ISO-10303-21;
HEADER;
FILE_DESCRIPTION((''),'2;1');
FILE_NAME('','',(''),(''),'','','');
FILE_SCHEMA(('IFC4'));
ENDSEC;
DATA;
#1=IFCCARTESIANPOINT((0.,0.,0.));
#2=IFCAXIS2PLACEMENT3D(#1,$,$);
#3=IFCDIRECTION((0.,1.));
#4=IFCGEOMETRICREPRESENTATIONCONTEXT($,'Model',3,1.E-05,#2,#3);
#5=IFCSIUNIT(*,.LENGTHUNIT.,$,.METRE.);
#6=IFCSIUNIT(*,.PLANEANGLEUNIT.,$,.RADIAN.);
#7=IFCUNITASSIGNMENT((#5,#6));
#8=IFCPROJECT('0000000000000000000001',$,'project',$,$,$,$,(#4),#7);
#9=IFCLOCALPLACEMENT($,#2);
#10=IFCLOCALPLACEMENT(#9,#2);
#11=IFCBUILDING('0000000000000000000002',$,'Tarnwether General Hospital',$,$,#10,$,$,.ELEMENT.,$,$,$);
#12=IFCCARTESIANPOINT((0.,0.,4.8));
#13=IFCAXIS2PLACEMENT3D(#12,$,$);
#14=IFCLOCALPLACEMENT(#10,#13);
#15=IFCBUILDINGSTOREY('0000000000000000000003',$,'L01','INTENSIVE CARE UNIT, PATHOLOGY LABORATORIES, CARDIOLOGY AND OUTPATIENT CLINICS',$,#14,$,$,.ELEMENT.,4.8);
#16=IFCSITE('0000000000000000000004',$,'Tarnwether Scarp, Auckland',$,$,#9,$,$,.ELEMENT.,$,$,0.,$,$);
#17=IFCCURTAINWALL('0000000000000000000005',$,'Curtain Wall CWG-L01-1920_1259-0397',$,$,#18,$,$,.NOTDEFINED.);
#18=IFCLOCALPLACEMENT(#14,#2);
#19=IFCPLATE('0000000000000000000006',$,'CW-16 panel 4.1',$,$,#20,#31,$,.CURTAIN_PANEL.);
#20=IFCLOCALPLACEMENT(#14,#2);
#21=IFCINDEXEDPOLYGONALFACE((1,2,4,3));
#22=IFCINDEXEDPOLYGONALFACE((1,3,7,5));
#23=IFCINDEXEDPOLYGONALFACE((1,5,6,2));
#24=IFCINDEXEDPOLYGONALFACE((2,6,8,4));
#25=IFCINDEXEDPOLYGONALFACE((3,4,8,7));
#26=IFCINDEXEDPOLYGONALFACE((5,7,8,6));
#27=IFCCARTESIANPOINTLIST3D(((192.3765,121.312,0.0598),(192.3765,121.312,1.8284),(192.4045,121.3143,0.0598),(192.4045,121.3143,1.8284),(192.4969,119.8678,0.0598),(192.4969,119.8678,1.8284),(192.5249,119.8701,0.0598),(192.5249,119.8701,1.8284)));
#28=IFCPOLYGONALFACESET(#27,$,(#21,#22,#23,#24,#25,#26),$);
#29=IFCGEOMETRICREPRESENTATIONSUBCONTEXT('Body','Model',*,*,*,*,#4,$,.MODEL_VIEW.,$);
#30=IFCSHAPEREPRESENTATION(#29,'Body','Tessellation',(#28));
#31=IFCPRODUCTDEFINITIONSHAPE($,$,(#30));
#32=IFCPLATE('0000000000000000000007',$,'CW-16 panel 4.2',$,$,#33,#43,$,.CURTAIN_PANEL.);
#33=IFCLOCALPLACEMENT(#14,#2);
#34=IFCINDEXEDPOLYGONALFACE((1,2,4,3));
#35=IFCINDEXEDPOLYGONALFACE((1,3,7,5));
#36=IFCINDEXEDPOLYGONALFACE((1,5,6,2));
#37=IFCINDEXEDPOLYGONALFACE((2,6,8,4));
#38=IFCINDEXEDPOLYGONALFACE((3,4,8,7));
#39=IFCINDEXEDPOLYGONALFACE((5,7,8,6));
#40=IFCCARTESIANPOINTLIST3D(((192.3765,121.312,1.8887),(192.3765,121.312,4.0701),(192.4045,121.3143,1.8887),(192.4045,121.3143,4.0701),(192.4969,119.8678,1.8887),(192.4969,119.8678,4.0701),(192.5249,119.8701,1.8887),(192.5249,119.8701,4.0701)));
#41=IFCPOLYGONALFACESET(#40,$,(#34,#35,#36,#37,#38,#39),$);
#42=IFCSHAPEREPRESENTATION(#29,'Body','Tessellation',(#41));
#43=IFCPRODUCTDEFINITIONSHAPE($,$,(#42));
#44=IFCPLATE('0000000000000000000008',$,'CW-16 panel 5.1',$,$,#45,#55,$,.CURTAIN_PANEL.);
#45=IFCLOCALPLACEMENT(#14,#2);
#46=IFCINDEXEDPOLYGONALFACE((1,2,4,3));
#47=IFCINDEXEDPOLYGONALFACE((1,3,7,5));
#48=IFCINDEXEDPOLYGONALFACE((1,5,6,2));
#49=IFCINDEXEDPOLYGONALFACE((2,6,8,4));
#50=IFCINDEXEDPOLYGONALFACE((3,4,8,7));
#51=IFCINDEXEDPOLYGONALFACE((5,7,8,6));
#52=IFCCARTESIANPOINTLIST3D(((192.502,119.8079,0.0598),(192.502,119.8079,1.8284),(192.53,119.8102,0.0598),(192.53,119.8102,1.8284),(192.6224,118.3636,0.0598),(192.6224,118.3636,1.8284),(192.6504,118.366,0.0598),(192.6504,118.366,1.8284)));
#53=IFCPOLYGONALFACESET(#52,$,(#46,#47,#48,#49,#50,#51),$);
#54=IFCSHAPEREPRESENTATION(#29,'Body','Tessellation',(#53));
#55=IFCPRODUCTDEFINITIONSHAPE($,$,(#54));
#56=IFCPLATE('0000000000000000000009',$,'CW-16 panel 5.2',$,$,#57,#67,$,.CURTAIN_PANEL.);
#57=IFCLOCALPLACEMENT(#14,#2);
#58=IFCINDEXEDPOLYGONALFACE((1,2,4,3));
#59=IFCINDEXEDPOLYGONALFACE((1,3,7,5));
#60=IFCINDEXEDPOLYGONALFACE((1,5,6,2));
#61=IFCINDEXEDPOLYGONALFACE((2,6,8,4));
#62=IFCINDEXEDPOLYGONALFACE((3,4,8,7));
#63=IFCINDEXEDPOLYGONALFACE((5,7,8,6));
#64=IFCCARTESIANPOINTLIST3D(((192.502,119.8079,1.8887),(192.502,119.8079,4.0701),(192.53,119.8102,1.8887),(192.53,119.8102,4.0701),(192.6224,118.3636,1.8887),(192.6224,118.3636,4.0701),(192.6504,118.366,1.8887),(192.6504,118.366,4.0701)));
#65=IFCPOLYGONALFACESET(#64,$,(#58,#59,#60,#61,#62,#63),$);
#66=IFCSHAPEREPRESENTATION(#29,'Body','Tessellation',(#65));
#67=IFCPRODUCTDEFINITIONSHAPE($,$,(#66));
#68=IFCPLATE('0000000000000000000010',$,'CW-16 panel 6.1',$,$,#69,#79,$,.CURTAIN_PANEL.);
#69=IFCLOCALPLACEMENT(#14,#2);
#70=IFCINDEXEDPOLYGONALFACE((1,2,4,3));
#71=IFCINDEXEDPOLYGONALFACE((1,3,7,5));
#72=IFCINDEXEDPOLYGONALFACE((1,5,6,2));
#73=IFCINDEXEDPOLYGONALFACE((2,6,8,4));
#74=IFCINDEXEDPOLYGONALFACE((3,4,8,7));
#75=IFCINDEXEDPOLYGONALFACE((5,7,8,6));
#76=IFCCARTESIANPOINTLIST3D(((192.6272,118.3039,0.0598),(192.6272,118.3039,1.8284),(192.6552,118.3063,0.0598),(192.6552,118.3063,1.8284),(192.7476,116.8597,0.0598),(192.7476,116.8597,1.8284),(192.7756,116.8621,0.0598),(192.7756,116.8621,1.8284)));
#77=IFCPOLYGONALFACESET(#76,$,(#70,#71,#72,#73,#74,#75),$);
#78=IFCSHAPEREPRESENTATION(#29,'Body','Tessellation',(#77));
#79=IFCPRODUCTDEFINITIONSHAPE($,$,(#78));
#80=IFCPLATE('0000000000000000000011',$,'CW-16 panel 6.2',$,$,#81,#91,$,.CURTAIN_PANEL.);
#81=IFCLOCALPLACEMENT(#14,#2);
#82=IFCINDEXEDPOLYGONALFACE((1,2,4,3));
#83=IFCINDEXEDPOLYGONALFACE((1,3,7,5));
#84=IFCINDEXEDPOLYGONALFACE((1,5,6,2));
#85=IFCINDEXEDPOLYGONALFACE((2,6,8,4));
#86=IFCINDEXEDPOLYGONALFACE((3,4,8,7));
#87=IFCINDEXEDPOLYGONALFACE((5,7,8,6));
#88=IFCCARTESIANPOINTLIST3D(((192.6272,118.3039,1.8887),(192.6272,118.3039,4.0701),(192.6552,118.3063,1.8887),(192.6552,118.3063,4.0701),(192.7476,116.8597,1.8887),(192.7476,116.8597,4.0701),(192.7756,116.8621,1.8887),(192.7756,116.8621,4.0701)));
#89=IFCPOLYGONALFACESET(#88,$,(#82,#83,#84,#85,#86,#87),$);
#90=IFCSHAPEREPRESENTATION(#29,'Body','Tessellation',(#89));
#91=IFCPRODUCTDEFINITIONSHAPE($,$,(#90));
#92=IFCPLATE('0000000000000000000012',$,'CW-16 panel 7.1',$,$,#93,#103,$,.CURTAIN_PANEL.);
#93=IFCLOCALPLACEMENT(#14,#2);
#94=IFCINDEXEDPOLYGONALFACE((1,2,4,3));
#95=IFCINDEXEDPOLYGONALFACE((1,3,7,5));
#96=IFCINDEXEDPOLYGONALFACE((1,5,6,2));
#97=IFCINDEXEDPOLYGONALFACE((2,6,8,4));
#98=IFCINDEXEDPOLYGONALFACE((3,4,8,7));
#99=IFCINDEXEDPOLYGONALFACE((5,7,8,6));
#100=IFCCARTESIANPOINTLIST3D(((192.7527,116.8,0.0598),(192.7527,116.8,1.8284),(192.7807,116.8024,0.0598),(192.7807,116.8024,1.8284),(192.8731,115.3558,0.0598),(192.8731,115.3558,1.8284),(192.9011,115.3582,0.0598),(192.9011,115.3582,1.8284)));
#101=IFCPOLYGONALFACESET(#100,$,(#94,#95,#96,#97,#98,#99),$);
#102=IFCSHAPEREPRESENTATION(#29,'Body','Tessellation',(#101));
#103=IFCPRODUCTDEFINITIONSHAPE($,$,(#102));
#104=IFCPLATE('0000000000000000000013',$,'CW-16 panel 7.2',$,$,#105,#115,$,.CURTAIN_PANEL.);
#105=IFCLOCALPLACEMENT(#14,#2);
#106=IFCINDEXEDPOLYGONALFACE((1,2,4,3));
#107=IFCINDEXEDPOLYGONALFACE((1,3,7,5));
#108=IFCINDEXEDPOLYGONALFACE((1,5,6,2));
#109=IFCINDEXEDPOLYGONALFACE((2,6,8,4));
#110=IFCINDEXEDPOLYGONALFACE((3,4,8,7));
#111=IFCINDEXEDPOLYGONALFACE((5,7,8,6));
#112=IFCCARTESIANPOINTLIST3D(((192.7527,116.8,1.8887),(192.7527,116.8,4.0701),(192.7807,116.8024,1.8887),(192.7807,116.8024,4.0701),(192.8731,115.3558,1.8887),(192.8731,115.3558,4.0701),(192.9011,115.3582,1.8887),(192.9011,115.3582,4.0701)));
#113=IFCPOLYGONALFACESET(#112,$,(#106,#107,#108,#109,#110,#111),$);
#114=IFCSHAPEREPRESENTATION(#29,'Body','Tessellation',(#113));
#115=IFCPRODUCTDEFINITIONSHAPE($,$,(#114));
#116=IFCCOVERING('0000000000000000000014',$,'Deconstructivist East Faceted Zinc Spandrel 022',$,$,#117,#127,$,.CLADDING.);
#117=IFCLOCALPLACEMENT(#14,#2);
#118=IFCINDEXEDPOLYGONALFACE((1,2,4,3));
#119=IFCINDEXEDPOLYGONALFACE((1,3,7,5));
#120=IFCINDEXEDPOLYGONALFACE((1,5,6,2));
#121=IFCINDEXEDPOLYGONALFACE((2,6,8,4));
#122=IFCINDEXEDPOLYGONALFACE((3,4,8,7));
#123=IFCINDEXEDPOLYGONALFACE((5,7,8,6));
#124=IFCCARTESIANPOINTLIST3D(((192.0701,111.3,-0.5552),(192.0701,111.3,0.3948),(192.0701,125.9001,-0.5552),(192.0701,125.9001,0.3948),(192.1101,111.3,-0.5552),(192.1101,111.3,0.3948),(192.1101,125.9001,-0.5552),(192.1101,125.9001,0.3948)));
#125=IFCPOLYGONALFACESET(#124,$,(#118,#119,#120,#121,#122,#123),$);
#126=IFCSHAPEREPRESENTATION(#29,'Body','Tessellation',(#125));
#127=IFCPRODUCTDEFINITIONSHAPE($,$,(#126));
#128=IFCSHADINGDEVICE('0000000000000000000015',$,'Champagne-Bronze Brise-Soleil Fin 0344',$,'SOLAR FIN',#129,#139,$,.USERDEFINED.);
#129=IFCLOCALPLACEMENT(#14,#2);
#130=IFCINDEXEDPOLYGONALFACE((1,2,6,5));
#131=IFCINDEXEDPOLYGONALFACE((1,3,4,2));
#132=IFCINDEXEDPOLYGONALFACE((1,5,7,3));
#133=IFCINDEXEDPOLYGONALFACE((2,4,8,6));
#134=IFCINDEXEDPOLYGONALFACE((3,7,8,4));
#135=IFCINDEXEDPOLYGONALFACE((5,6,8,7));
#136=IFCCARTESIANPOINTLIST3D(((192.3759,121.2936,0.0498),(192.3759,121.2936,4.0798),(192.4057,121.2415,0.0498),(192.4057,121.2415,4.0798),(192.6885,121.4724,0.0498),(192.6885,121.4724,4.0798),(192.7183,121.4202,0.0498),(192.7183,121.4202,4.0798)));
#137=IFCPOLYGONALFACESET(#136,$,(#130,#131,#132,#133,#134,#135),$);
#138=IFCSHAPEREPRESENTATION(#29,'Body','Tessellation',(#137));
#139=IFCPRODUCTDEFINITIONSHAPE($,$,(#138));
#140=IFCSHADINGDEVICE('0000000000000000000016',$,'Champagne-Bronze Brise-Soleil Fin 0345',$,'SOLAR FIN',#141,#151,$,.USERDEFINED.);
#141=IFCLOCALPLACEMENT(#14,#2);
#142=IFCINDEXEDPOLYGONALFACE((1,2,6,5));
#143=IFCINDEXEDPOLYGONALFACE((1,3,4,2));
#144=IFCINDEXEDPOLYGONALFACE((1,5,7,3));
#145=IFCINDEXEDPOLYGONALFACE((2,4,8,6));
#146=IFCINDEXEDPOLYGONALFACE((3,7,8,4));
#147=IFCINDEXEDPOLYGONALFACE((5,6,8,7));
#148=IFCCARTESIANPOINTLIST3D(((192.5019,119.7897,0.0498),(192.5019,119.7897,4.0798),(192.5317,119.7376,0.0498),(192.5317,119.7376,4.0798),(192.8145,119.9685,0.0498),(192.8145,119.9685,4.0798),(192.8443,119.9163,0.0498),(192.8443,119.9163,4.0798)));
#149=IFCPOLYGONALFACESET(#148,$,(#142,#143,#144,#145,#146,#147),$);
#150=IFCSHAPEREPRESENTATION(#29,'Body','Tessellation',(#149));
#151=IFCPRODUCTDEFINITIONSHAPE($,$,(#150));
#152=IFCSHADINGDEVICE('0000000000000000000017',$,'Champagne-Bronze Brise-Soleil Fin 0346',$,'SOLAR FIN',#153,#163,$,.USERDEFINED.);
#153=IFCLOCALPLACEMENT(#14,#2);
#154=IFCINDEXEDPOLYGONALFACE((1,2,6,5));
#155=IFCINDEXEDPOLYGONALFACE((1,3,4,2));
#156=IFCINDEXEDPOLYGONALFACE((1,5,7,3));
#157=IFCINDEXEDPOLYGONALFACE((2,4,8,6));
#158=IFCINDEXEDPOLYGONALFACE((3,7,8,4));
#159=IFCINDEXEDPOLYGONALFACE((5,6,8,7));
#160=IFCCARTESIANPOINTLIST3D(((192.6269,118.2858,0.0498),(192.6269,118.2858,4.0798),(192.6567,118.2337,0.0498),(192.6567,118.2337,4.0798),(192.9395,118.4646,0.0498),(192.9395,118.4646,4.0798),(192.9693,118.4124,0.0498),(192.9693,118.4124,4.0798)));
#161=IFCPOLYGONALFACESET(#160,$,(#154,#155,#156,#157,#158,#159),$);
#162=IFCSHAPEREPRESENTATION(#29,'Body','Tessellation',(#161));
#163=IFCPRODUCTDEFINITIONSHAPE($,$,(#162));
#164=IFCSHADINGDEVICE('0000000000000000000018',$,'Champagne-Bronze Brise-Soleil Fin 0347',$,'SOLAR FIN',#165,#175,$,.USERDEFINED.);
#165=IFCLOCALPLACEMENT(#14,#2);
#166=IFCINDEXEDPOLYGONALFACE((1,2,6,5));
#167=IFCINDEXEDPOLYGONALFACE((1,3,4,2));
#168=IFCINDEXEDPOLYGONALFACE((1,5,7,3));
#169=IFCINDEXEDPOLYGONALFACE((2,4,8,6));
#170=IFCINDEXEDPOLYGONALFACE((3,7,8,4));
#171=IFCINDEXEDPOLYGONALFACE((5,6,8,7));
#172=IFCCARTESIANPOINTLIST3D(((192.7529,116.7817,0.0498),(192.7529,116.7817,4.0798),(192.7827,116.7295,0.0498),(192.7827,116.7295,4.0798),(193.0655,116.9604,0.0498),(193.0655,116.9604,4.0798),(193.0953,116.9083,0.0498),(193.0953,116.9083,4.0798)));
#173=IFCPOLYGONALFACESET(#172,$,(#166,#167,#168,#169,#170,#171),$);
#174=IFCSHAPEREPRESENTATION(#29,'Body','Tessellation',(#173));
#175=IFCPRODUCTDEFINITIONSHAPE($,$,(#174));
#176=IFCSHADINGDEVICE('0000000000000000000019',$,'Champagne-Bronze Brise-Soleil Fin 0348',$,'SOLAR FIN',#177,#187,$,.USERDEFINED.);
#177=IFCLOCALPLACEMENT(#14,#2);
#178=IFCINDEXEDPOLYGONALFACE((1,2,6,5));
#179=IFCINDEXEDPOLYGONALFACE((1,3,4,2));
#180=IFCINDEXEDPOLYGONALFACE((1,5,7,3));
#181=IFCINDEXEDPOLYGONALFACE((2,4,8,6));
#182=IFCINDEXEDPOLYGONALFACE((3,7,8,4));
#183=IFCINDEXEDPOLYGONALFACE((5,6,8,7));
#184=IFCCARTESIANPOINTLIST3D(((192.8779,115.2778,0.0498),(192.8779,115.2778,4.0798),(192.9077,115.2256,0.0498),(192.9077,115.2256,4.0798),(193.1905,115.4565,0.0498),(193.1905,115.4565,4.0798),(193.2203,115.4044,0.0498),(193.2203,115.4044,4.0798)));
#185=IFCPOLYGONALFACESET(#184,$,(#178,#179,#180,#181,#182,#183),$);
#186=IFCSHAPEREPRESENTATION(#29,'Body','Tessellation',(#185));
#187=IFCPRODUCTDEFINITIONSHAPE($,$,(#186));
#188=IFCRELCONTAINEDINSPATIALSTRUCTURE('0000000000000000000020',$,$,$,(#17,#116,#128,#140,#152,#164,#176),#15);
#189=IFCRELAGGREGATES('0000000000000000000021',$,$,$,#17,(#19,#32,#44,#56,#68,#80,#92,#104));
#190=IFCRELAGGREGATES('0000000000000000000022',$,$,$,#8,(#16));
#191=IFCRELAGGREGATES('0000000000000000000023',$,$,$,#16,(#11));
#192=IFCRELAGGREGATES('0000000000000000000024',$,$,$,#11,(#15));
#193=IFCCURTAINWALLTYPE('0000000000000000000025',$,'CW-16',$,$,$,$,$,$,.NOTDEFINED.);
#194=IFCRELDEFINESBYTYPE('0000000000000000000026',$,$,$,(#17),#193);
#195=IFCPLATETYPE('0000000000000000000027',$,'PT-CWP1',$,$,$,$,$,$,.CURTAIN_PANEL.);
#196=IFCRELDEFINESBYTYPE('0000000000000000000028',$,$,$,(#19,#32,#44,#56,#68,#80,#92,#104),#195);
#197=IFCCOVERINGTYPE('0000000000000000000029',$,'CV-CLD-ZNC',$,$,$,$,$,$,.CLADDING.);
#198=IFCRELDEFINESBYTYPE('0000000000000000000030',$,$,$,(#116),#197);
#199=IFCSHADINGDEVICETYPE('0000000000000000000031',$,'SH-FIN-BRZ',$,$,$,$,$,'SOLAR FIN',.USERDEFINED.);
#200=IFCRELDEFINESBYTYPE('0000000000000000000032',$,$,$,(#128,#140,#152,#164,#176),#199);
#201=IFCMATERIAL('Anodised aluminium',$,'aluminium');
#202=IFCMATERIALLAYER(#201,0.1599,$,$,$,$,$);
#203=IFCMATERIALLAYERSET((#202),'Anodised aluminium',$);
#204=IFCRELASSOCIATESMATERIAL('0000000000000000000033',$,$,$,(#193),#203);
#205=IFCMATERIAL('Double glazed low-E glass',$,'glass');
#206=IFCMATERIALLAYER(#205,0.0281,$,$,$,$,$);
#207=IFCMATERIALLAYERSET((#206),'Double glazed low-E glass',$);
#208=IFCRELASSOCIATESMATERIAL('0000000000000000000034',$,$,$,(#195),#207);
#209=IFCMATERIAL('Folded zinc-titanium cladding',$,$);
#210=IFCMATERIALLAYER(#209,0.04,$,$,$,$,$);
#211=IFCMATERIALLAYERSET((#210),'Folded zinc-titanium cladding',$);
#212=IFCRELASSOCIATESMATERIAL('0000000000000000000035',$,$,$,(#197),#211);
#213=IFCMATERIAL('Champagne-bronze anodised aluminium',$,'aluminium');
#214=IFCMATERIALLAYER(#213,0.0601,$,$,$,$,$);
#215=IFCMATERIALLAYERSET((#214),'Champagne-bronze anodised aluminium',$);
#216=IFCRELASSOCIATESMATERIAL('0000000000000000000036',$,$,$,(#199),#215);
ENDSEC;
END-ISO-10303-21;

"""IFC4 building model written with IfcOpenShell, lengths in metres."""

from ifc_helpers import new_model, si_unit, direction, frame, origin, origin_2d, place, context, subcontext, project, spatial, rectangle, extrude, material, layer, layer_set, type_object, element, aggregate, save


model = new_model("IFC4")

# Units and contexts
model_context = context("Model", 3, precision=1e-05, world=origin(), true_north=direction((0.0, 1.0)))
body_context = subcontext(model_context, "Body", "Model", "MODEL_VIEW")
ifc_project = project(units=[si_unit("LENGTHUNIT", "METRE"), si_unit("PLANEANGLEUNIT", "RADIAN")], contexts=[model_context])

# Site, building, storey
site_placement = place(None, origin())
site = spatial("IfcSite", under=ifc_project, at=site_placement, Name="Tarnwether Scarp, Auckland", CompositionType="ELEMENT", RefElevation=0.0)
building_placement = place(site_placement, origin())
building = spatial("IfcBuilding", under=site, at=building_placement, Name="Tarnwether General Hospital", CompositionType="ELEMENT")
storey_placement = place(building_placement, frame((0.0, 0.0, 4.8)))
storey = spatial("IfcBuildingStorey", under=building, at=storey_placement, Name="L01", Description="INTENSIVE CARE UNIT, PATHOLOGY LABORATORIES, CARDIOLOGY AND OUTPATIENT CLINICS", CompositionType="ELEMENT", Elevation=4.8)

# Curtain wall, plates
ifc_material_1 = material(Name="Anodised aluminium", Category="aluminium")
ifc_layer_1 = layer(ifc_material_1, 0.1599)
ifc_layer_set_1 = layer_set([ifc_layer_1], Name="Anodised aluminium")
curtain_wall_type = type_object("IfcCurtainWallType", Name="CW-16", PredefinedType="NOTDEFINED", material=ifc_layer_set_1)
curtain_wall_placement = place(storey_placement, origin())
curtain_wall = element("IfcCurtainWall", 1, at=curtain_wall_placement, inside=storey, type_object=curtain_wall_type, Name="Curtain Wall CWG-L01-1920_1259-0397", PredefinedType="NOTDEFINED")
ifc_material_2 = material(Name="Double glazed low-E glass", Category="glass")
ifc_layer_2 = layer(ifc_material_2, 0.0281)
ifc_layer_set_2 = layer_set([ifc_layer_2], Name="Double glazed low-E glass")
plate_type = type_object("IfcPlateType", Name="PT-CWP1", PredefinedType="CURTAIN_PANEL", material=ifc_layer_set_2)
plate_1_placement = place(storey_placement, frame((192.4507, 120.5911, 0.0598), z_axis=(0.0, 0.0, 1.0), x_axis=(0.083065, -0.996544, 0.0)))
plate_1 = element("IfcPlate", 2, at=plate_1_placement, type_object=plate_type, Name="CW-16 panel 4.1", PredefinedType="CURTAIN_PANEL", context=body_context, shape_type="SweptSolid", body=[
    extrude(rectangle(XDim=1.4492, YDim=0.0281, at=origin_2d()), origin(), (0.0, 0.0, 1.0), 1.7686),
])
plate_2_placement = place(storey_placement, frame((192.4507, 120.5911, 1.8887), z_axis=(0.0, 0.0, 1.0), x_axis=(0.083065, -0.996544, 0.0)))
plate_2 = element("IfcPlate", 3, at=plate_2_placement, type_object=plate_type, Name="CW-16 panel 4.2", PredefinedType="CURTAIN_PANEL", context=body_context, shape_type="SweptSolid", body=[
    extrude(rectangle(XDim=1.4492, YDim=0.0281, at=origin_2d()), origin(), (0.0, 0.0, 1.0), 2.1814),
])
plate_3_placement = place(storey_placement, frame((192.5762, 119.0869, 0.0598), z_axis=(0.0, 0.0, 1.0), x_axis=(0.083065, -0.996544, 0.0)))
plate_3 = element("IfcPlate", 4, at=plate_3_placement, type_object=plate_type, Name="CW-16 panel 5.1", PredefinedType="CURTAIN_PANEL", context=body_context, shape_type="SweptSolid", body=[
    extrude(rectangle(XDim=1.4492, YDim=0.0281, at=origin_2d()), origin(), (0.0, 0.0, 1.0), 1.7686),
])
plate_4_placement = place(storey_placement, frame((192.5762, 119.0869, 1.8887), z_axis=(0.0, 0.0, 1.0), x_axis=(0.083065, -0.996544, 0.0)))
plate_4 = element("IfcPlate", 5, at=plate_4_placement, type_object=plate_type, Name="CW-16 panel 5.2", PredefinedType="CURTAIN_PANEL", context=body_context, shape_type="SweptSolid", body=[
    extrude(rectangle(XDim=1.4492, YDim=0.0281, at=origin_2d()), origin(), (0.0, 0.0, 1.0), 2.1814),
])
plate_5_placement = place(storey_placement, frame((192.7014, 117.583, 0.0598), z_axis=(0.0, 0.0, 1.0), x_axis=(0.083065, -0.996544, 0.0)))
plate_5 = element("IfcPlate", 6, at=plate_5_placement, type_object=plate_type, Name="CW-16 panel 6.1", PredefinedType="CURTAIN_PANEL", context=body_context, shape_type="SweptSolid", body=[
    extrude(rectangle(XDim=1.4492, YDim=0.0281, at=origin_2d()), origin(), (0.0, 0.0, 1.0), 1.7686),
])
plate_6_placement = place(storey_placement, frame((192.7014, 117.583, 1.8887), z_axis=(0.0, 0.0, 1.0), x_axis=(0.083065, -0.996544, 0.0)))
plate_6 = element("IfcPlate", 7, at=plate_6_placement, type_object=plate_type, Name="CW-16 panel 6.2", PredefinedType="CURTAIN_PANEL", context=body_context, shape_type="SweptSolid", body=[
    extrude(rectangle(XDim=1.4492, YDim=0.0281, at=origin_2d()), origin(), (0.0, 0.0, 1.0), 2.1814),
])
plate_7_placement = place(storey_placement, frame((192.8269, 116.0791, 0.0598), z_axis=(0.0, 0.0, 1.0), x_axis=(0.083065, -0.996544, 0.0)))
plate_7 = element("IfcPlate", 8, at=plate_7_placement, type_object=plate_type, Name="CW-16 panel 7.1", PredefinedType="CURTAIN_PANEL", context=body_context, shape_type="SweptSolid", body=[
    extrude(rectangle(XDim=1.4492, YDim=0.0281, at=origin_2d()), origin(), (0.0, 0.0, 1.0), 1.7686),
])
plate_8_placement = place(storey_placement, frame((192.8269, 116.0791, 1.8887), z_axis=(0.0, 0.0, 1.0), x_axis=(0.083065, -0.996544, 0.0)))
plate_8 = element("IfcPlate", 9, at=plate_8_placement, type_object=plate_type, Name="CW-16 panel 7.2", PredefinedType="CURTAIN_PANEL", context=body_context, shape_type="SweptSolid", body=[
    extrude(rectangle(XDim=1.4492, YDim=0.0281, at=origin_2d()), origin(), (0.0, 0.0, 1.0), 2.1814),
])
aggregate(curtain_wall, [plate_1, plate_2, plate_3, plate_4, plate_5, plate_6, plate_7, plate_8])

# Covering
ifc_material_3 = material(Name="Folded zinc-titanium cladding")
ifc_layer_3 = layer(ifc_material_3, 0.04)
ifc_layer_set_3 = layer_set([ifc_layer_3], Name="Folded zinc-titanium cladding")
covering_type = type_object("IfcCoveringType", Name="CV-CLD-ZNC", PredefinedType="CLADDING", material=ifc_layer_set_3)
covering_placement = place(storey_placement, frame((192.0901, 118.6001, -0.5552), z_axis=(0.0, 0.0, 1.0), x_axis=(0.0, 1.0, 0.0)))
element("IfcCovering", 10, at=covering_placement, inside=storey, type_object=covering_type, Name="Deconstructivist East Faceted Zinc Spandrel 022", PredefinedType="CLADDING", context=body_context, shape_type="SweptSolid", body=[
    extrude(rectangle(XDim=14.6001, YDim=0.04, at=origin_2d()), origin(), (0.0, 0.0, 1.0), 0.95),
])

# Shading devices
ifc_material_4 = material(Name="Champagne-bronze anodised aluminium", Category="aluminium")
ifc_layer_4 = layer(ifc_material_4, 0.0601)
ifc_layer_set_4 = layer_set([ifc_layer_4], Name="Champagne-bronze anodised aluminium")
shading_device_type = type_object("IfcShadingDeviceType", Name="SH-FIN-BRZ", ElementType="SOLAR FIN", PredefinedType="USERDEFINED", material=ifc_layer_set_4)
for number, where, z_axis, x_axis, name in (
    (11, (192.5471, 121.3569, 0.0498), (0.0, 0.0, 1.0), (0.496368, -0.868112, 0.0), "Champagne-Bronze Brise-Soleil Fin 0344"),
    (12, (192.6731, 119.853, 0.0498), (0.0, 0.0, 1.0), (0.496368, -0.868112, 0.0), "Champagne-Bronze Brise-Soleil Fin 0345"),
    (13, (192.7981, 118.3491, 0.0498), (0.0, 0.0, 1.0), (0.496368, -0.868112, 0.0), "Champagne-Bronze Brise-Soleil Fin 0346"),
    (14, (192.9241, 116.845, 0.0498), (0.0, 0.0, 1.0), (0.496368, -0.868112, 0.0), "Champagne-Bronze Brise-Soleil Fin 0347"),
    (15, (193.0491, 115.3411, 0.0498), (0.0, 0.0, 1.0), (0.496368, -0.868112, 0.0), "Champagne-Bronze Brise-Soleil Fin 0348"),
):
    element("IfcShadingDevice", number, at=place(storey_placement, frame(where, z_axis=z_axis, x_axis=x_axis)), inside=storey, type_object=shading_device_type, Name=name, ObjectType="SOLAR FIN", PredefinedType="USERDEFINED", context=body_context, shape_type="SweptSolid", body=[
        extrude(rectangle(XDim=0.0601, YDim=0.3601, at=origin_2d()), origin(), (0.0, 0.0, 1.0), 4.03),
    ])

save(model, "model.ifc")
